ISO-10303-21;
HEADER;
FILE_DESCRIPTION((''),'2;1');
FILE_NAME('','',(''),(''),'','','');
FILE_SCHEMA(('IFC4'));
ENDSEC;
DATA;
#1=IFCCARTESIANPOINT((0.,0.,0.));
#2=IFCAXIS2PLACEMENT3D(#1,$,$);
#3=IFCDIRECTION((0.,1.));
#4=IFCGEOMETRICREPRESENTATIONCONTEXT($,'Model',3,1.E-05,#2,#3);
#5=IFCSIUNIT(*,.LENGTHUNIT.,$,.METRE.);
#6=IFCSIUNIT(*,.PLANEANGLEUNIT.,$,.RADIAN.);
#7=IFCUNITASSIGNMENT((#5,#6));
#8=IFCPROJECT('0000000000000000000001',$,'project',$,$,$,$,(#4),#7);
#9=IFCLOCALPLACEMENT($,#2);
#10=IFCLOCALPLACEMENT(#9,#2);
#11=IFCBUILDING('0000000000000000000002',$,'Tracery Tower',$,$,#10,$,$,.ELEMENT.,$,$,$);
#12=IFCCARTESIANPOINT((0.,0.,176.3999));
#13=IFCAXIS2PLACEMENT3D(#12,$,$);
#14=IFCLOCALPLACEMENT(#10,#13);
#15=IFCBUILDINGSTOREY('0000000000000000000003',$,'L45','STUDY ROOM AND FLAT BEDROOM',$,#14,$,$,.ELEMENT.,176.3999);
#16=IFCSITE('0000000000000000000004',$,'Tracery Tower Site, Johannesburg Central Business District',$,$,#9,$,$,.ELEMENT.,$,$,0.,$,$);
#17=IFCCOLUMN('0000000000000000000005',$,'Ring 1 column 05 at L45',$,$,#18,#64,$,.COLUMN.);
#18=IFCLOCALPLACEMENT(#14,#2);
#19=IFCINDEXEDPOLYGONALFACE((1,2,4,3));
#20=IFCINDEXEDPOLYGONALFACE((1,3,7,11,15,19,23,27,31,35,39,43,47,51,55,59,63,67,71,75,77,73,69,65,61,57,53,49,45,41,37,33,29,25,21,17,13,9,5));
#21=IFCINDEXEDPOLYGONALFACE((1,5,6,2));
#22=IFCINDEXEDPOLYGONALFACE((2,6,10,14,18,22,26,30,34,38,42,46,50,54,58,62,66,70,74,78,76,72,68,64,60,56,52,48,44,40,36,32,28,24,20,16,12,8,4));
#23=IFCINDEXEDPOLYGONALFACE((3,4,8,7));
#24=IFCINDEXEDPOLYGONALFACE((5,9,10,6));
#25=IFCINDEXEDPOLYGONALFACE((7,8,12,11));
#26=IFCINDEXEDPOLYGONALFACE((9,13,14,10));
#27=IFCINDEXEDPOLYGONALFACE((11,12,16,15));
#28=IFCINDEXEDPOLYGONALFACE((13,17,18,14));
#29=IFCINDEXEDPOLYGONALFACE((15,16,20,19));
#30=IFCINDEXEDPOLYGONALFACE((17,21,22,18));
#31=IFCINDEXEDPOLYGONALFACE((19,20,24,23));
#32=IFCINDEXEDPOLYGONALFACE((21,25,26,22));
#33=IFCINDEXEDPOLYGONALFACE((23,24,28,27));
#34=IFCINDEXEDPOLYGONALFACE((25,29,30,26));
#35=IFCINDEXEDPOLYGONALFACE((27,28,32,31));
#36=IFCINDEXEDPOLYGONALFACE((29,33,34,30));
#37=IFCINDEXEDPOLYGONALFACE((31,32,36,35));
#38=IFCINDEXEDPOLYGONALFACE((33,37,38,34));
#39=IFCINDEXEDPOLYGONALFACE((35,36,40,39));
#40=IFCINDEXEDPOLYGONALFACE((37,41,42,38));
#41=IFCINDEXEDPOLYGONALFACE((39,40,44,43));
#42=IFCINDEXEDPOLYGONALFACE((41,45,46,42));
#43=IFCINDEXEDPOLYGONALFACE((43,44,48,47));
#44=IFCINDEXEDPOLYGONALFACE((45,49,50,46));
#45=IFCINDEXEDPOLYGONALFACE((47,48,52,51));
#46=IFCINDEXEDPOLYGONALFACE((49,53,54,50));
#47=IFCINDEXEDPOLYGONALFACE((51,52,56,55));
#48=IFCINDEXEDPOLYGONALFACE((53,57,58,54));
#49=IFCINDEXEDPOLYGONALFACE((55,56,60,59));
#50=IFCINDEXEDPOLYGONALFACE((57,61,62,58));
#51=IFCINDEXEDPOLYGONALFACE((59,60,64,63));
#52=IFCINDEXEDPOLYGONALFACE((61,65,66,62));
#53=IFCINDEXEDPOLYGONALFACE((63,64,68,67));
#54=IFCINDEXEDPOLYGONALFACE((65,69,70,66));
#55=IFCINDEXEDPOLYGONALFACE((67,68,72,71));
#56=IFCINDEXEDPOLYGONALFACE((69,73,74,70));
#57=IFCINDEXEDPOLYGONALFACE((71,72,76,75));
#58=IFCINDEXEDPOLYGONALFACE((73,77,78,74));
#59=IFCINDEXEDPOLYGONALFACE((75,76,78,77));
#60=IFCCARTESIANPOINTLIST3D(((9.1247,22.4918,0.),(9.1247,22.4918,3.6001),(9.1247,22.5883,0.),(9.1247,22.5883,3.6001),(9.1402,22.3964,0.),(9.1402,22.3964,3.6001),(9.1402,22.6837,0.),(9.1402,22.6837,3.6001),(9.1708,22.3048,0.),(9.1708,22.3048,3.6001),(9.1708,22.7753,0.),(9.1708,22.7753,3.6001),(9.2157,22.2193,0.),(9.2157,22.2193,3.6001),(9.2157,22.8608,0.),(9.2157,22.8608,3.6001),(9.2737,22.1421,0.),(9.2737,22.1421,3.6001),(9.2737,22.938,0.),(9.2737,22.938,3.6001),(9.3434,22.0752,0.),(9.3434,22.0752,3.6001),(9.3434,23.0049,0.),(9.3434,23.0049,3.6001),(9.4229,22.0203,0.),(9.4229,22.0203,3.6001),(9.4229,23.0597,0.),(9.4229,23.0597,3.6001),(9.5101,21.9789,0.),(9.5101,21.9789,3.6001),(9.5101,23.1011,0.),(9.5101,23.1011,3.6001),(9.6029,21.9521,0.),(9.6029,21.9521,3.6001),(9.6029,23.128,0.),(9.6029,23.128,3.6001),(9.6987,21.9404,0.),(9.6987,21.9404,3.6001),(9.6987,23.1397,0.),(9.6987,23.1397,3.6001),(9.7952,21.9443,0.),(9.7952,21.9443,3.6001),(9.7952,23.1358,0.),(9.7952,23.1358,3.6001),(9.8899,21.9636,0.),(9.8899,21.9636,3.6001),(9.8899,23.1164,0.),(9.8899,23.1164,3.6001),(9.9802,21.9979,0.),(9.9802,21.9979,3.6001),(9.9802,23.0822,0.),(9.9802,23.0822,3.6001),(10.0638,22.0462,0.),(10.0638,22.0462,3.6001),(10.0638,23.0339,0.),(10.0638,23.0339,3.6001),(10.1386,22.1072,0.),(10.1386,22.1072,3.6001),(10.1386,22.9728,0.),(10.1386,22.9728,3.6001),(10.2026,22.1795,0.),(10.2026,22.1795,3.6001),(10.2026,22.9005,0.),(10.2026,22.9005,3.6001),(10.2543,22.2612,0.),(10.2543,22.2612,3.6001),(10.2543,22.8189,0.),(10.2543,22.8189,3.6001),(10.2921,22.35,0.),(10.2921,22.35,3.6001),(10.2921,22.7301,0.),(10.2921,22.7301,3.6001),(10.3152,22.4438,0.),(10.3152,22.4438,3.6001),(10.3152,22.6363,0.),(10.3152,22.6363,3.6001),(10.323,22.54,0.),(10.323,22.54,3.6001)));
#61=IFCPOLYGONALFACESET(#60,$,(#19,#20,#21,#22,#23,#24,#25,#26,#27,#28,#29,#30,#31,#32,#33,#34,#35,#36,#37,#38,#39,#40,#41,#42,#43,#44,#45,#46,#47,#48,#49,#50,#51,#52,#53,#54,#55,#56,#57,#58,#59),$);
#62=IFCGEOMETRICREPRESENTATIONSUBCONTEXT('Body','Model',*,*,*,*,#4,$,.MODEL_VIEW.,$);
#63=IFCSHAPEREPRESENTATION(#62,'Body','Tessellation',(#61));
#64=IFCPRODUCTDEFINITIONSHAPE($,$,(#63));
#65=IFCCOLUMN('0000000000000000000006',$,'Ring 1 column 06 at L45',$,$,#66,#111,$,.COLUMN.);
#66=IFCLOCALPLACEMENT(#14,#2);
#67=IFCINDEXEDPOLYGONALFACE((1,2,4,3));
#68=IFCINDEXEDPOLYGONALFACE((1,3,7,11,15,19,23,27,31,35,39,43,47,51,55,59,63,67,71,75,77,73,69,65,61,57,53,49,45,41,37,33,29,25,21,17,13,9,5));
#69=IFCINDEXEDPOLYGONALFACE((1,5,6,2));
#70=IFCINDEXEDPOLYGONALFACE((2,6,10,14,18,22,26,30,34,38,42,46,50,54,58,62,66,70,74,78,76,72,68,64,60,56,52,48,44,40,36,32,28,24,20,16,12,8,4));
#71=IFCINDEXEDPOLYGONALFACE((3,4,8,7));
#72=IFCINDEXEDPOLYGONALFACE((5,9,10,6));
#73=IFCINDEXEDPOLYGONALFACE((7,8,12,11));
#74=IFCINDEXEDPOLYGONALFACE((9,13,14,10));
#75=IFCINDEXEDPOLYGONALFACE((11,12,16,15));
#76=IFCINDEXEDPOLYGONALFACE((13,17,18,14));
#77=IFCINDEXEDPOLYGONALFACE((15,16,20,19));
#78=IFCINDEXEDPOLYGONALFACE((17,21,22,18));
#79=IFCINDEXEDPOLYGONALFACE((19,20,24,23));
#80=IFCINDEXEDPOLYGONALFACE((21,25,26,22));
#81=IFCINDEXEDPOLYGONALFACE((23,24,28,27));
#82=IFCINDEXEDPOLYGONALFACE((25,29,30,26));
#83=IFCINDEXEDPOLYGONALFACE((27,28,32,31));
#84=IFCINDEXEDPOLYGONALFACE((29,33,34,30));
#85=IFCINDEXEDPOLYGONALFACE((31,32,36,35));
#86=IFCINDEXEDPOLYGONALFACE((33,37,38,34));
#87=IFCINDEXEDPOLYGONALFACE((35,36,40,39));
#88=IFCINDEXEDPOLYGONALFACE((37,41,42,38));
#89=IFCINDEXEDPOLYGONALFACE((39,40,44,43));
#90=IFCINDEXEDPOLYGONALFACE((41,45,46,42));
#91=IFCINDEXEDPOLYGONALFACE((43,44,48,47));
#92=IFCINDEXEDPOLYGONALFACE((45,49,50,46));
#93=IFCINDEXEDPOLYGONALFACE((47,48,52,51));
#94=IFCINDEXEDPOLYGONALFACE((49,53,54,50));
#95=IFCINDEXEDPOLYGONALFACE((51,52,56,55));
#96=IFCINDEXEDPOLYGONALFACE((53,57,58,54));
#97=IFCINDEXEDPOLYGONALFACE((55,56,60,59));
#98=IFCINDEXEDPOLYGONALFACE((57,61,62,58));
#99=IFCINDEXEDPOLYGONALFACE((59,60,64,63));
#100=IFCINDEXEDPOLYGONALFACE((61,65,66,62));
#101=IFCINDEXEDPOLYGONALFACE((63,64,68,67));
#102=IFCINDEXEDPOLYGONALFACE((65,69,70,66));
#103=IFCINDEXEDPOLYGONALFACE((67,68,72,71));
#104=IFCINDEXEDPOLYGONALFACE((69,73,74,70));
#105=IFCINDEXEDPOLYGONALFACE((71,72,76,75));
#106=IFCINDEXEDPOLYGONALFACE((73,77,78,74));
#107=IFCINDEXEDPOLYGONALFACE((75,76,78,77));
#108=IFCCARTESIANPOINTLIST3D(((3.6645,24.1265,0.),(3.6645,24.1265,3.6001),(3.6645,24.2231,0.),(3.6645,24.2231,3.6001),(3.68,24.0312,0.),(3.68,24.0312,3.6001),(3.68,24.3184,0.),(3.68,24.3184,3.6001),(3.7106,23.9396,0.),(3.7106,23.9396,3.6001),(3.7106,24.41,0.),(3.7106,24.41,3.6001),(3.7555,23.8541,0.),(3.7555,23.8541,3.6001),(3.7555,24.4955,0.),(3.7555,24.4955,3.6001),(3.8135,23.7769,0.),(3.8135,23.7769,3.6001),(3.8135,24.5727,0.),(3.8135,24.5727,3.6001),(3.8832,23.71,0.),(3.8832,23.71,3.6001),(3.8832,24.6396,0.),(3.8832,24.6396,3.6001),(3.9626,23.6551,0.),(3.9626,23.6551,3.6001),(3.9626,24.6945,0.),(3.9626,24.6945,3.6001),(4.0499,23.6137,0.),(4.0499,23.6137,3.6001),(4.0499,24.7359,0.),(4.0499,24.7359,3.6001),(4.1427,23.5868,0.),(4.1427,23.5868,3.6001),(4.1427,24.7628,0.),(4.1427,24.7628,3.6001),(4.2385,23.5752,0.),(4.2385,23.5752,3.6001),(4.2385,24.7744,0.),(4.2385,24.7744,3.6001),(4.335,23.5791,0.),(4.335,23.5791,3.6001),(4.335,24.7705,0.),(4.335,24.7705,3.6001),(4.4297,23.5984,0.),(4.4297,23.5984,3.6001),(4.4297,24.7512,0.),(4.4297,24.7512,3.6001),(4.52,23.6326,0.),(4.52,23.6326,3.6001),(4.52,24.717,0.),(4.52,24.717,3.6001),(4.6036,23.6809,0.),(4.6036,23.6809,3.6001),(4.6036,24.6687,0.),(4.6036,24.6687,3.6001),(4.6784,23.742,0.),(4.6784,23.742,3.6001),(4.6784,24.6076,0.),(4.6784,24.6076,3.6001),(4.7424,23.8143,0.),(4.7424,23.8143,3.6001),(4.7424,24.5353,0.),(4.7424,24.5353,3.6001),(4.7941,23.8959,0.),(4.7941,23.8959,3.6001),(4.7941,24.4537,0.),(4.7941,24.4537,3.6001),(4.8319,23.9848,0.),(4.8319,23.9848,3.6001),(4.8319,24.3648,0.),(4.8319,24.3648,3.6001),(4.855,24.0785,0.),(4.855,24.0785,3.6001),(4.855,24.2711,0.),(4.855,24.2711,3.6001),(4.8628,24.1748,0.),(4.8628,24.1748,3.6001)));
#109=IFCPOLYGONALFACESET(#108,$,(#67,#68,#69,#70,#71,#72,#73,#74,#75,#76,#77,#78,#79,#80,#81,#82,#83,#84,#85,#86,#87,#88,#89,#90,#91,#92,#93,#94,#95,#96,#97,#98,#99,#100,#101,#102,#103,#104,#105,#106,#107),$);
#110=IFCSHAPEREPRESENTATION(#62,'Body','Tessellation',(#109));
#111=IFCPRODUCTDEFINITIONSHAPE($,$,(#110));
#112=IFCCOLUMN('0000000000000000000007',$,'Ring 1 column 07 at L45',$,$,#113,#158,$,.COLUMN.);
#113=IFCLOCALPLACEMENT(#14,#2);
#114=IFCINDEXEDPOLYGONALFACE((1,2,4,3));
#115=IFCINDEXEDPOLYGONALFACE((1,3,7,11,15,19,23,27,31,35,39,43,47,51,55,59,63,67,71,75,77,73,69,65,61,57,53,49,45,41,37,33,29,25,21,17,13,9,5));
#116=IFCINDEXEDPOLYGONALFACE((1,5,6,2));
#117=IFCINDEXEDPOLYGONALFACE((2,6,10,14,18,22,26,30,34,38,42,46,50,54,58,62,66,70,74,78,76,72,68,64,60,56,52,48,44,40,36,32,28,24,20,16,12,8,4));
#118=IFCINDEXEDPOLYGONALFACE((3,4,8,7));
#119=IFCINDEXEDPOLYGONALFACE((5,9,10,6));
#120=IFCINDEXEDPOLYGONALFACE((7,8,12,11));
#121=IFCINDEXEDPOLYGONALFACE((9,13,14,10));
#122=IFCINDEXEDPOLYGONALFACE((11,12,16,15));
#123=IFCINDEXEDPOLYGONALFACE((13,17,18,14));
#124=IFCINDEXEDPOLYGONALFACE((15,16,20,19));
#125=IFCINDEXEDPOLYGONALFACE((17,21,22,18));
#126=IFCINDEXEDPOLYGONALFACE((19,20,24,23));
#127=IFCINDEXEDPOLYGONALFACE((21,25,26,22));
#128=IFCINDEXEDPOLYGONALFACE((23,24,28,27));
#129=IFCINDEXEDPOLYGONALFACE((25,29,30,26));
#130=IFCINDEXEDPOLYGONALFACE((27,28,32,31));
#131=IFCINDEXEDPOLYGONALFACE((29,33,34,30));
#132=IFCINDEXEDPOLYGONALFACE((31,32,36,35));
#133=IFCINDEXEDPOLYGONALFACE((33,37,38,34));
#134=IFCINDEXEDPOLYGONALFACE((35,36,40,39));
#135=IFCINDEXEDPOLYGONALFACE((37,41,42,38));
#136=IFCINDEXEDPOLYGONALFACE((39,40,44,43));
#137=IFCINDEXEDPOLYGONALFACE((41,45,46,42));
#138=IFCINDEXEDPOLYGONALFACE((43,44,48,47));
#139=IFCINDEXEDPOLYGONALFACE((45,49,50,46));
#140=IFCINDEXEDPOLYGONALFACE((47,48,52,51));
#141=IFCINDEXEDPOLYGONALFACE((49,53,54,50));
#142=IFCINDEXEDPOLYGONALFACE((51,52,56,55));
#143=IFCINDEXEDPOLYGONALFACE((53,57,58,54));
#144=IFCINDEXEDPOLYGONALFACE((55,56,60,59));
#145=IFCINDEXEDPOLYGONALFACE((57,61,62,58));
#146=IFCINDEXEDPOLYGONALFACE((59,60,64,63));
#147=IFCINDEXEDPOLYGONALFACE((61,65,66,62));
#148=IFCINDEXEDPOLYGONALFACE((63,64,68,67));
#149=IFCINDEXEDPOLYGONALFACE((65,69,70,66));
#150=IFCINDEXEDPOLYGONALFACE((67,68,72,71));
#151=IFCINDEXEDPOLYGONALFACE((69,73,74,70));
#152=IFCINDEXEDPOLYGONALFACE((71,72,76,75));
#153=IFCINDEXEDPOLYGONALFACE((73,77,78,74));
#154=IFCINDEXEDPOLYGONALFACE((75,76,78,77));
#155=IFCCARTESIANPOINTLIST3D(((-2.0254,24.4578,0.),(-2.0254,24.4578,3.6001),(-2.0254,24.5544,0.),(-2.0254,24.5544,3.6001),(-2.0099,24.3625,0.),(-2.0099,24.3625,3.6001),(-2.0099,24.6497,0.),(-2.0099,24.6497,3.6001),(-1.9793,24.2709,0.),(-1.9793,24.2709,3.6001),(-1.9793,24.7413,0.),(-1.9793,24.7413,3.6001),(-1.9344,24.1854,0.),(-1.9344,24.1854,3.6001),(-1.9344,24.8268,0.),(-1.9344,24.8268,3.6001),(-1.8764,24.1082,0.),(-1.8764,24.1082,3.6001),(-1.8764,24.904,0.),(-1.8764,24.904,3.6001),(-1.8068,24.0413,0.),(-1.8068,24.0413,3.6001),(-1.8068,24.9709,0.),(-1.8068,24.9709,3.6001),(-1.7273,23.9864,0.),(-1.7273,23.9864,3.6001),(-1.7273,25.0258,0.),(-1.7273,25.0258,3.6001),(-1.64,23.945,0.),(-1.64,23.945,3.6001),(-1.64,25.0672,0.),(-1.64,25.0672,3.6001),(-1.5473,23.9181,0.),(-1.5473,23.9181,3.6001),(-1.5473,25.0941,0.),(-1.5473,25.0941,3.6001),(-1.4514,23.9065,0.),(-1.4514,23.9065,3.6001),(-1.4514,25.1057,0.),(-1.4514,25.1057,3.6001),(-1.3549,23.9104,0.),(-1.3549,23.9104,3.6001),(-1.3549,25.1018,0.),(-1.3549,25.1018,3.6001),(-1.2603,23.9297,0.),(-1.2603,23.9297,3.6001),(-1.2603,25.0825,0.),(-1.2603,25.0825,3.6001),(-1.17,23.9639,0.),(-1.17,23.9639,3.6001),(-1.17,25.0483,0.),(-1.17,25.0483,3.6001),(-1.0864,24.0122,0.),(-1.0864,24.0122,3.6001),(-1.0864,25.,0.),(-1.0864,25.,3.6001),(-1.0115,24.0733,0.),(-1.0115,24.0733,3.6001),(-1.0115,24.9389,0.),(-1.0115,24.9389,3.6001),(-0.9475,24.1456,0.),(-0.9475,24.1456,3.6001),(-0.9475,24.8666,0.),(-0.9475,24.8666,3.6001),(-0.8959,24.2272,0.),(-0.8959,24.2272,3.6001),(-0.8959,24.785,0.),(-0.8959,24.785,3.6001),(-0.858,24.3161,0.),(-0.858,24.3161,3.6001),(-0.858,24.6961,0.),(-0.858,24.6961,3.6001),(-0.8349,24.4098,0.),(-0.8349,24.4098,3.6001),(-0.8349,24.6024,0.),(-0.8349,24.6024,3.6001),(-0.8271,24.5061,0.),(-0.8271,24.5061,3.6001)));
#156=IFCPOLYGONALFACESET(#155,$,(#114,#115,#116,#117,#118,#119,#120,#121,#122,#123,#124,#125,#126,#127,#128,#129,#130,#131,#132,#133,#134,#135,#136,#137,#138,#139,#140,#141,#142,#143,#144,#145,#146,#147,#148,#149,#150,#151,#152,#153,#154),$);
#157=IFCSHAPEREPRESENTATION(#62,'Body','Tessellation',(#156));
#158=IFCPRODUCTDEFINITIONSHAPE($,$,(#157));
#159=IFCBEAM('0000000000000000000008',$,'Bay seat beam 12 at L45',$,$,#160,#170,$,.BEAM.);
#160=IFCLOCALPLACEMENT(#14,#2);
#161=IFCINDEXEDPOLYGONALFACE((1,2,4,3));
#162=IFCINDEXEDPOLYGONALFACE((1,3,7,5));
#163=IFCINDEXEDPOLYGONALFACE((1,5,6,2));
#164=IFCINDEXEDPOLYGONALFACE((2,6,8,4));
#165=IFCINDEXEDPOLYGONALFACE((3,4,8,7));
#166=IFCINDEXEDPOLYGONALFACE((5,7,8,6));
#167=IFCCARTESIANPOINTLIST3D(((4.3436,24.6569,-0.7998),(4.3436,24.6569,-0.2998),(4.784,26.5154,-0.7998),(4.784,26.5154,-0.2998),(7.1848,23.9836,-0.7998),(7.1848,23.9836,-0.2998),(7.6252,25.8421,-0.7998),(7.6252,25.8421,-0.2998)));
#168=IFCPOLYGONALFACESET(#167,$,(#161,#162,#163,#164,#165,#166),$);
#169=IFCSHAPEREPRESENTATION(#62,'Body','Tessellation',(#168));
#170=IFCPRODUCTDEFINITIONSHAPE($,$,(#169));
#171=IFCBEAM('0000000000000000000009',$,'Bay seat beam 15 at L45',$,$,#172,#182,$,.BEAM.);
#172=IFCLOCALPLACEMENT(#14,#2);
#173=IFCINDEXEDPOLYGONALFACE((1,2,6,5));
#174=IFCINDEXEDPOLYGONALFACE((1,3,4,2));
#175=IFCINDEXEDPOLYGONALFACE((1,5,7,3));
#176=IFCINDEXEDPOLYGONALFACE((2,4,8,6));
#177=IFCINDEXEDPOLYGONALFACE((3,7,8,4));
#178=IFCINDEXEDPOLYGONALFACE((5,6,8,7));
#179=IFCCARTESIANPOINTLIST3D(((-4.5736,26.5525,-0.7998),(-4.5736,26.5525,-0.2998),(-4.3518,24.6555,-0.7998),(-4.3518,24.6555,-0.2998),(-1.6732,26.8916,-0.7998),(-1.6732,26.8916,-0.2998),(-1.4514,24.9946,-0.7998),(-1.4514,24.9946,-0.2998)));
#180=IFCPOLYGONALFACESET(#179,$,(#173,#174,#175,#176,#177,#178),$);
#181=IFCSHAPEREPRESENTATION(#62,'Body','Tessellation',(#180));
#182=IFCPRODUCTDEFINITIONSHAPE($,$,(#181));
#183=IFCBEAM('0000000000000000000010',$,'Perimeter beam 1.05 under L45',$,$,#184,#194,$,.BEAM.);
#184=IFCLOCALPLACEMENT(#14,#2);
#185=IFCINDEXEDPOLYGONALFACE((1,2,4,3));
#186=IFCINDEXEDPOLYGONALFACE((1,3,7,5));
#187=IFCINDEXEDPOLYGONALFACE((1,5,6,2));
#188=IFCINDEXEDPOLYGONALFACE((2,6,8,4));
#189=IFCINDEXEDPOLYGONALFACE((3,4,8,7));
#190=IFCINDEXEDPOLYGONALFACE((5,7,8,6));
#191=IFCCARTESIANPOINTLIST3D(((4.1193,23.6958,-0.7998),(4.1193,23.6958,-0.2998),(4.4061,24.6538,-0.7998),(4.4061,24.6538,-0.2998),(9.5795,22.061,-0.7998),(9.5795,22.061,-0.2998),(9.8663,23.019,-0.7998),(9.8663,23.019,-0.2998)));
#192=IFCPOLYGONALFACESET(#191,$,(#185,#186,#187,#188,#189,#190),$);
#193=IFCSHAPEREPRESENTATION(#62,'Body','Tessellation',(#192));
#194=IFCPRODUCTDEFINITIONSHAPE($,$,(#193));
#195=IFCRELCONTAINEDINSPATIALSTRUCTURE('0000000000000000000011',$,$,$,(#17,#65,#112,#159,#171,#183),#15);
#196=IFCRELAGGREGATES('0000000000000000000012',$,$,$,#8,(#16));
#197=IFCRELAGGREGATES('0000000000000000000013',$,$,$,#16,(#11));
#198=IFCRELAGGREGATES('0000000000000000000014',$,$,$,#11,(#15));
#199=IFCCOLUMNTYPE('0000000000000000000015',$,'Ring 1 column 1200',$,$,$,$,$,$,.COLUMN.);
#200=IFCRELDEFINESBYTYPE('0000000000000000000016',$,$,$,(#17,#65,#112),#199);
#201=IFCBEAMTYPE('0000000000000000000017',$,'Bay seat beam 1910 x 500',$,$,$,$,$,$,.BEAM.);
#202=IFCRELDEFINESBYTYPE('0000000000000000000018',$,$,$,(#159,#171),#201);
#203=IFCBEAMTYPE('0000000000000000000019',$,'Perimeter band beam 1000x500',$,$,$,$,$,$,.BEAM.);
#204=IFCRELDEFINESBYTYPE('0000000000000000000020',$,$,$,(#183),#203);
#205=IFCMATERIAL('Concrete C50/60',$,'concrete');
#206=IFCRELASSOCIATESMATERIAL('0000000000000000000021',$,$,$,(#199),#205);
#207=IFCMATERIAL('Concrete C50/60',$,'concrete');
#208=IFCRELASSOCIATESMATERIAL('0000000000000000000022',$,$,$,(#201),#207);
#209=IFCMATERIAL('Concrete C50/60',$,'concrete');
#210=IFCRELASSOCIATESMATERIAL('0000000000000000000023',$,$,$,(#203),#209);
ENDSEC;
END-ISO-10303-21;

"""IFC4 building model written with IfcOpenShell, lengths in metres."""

from ifc_helpers import new_model, si_unit, direction, frame, origin, origin_2d, place, context, subcontext, project, spatial, rectangle, circle, extrude, material, material_profile, profile_set, type_object, element, save


model = new_model("IFC4")

# Units and contexts
model_context = context("Model", 3, precision=1e-05, world=origin(), true_north=direction((0.0, 1.0)))
body_context = subcontext(model_context, "Body", "Model", "MODEL_VIEW")
ifc_project = project(units=[si_unit("LENGTHUNIT", "METRE"), si_unit("PLANEANGLEUNIT", "RADIAN")], contexts=[model_context])

# Site, building, storey
site_placement = place(None, origin())
site = spatial("IfcSite", under=ifc_project, at=site_placement, Name="Tracery Tower Site, Johannesburg Central Business District", CompositionType="ELEMENT", RefElevation=0.0)
building_placement = place(site_placement, origin())
building = spatial("IfcBuilding", under=site, at=building_placement, Name="Tracery Tower", CompositionType="ELEMENT")
storey_placement = place(building_placement, frame((0.0, 0.0, 176.3999)))
storey = spatial("IfcBuildingStorey", under=building, at=storey_placement, Name="L45", Description="STUDY ROOM AND FLAT BEDROOM", CompositionType="ELEMENT", Elevation=176.3999)

# Columns
ifc_material_1 = material(Name="Concrete C50/60", Category="concrete")
ifc_material_profile_1 = material_profile(ifc_material_1, circle(Radius=0.6001, at=origin_2d()), Name="RC D1200")
ifc_profile_set_1 = profile_set([ifc_material_profile_1], Name="Concrete C50/60")
column_type = type_object("IfcColumnType", Name="Ring 1 column 1200", PredefinedType="COLUMN", material=ifc_profile_set_1)
for number, where, z_axis, x_axis, name in (
    (1, (9.7229, 22.54, 0.0), (0.0, 0.0, 1.0), (1.0, 0.0, 0.0), "Ring 1 column 05 at L45"),
    (2, (4.2627, 24.1748, 0.0), (0.0, 0.0, 1.0), (1.0, 0.0, 0.0), "Ring 1 column 06 at L45"),
    (3, (-1.4272, 24.5061, 0.0), (0.0, 0.0, 1.0), (1.0, 0.0, 0.0), "Ring 1 column 07 at L45"),
):
    element("IfcColumn", number, at=place(storey_placement, frame(where, z_axis=z_axis, x_axis=x_axis)), inside=storey, type_object=column_type, Name=name, PredefinedType="COLUMN", context=body_context, shape_type="SweptSolid", body=[
        extrude(circle(Radius=0.6001, at=origin_2d()), origin(), (0.0, 0.0, 1.0), 3.6001),
    ])

# Beams
ifc_material_2 = material(Name="Concrete C50/60", Category="concrete")
ifc_material_profile_2 = material_profile(ifc_material_2, rectangle(XDim=1.9099, YDim=0.5, at=origin_2d()), Name="RC 1910x500")
ifc_profile_set_2 = profile_set([ifc_material_profile_2], Name="Concrete C50/60")
beam_type_1 = type_object("IfcBeamType", Name="Bay seat beam 1910 x 500", PredefinedType="BEAM", material=ifc_profile_set_2)
beam_1_placement = place(storey_placement, frame((7.405, 24.9128, -0.5498), z_axis=(-0.97305, 0.230596, 0.0), x_axis=(-0.230596, -0.97305, 0.0)))
element("IfcBeam", 4, at=beam_1_placement, inside=storey, type_object=beam_type_1, Name="Bay seat beam 12 at L45", PredefinedType="BEAM", context=body_context, shape_type="SweptSolid", body=[
    extrude(rectangle(XDim=1.9099, YDim=0.5, at=origin_2d()), origin(), (0.0, 0.0, 1.0), 2.9199),
])
beam_2_placement = place(storey_placement, frame((-1.5623, 25.9431, -0.5498), z_axis=(-0.993234, -0.116128, 0.0), x_axis=(0.116128, -0.993234, 0.0)))
element("IfcBeam", 5, at=beam_2_placement, inside=storey, type_object=beam_type_1, Name="Bay seat beam 15 at L45", PredefinedType="BEAM", context=body_context, shape_type="SweptSolid", body=[
    extrude(rectangle(XDim=1.9099, YDim=0.5, at=origin_2d()), origin(), (0.0, 0.0, 1.0), 2.9202),
])
ifc_material_3 = material(Name="Concrete C50/60", Category="concrete")
ifc_material_profile_3 = material_profile(ifc_material_3, rectangle(XDim=1.0, YDim=0.5, at=origin_2d()), Name="RC 1000x500")
ifc_profile_set_3 = profile_set([ifc_material_profile_3], Name="Concrete C50/60")
beam_type_2 = type_object("IfcBeamType", Name="Perimeter band beam 1000x500", PredefinedType="BEAM", material=ifc_profile_set_3)
beam_3_placement = place(storey_placement, frame((9.7229, 22.54, -0.5498), z_axis=(-0.957985, 0.286817, 0.0), x_axis=(-0.286817, -0.957985, 0.0)))
element("IfcBeam", 6, at=beam_3_placement, inside=storey, type_object=beam_type_2, Name="Perimeter beam 1.05 under L45", PredefinedType="BEAM", context=body_context, shape_type="SweptSolid", body=[
    extrude(rectangle(XDim=1.0, YDim=0.5, at=origin_2d()), origin(), (0.0, 0.0, 1.0), 5.6997),
])

save(model, "model.ifc")
